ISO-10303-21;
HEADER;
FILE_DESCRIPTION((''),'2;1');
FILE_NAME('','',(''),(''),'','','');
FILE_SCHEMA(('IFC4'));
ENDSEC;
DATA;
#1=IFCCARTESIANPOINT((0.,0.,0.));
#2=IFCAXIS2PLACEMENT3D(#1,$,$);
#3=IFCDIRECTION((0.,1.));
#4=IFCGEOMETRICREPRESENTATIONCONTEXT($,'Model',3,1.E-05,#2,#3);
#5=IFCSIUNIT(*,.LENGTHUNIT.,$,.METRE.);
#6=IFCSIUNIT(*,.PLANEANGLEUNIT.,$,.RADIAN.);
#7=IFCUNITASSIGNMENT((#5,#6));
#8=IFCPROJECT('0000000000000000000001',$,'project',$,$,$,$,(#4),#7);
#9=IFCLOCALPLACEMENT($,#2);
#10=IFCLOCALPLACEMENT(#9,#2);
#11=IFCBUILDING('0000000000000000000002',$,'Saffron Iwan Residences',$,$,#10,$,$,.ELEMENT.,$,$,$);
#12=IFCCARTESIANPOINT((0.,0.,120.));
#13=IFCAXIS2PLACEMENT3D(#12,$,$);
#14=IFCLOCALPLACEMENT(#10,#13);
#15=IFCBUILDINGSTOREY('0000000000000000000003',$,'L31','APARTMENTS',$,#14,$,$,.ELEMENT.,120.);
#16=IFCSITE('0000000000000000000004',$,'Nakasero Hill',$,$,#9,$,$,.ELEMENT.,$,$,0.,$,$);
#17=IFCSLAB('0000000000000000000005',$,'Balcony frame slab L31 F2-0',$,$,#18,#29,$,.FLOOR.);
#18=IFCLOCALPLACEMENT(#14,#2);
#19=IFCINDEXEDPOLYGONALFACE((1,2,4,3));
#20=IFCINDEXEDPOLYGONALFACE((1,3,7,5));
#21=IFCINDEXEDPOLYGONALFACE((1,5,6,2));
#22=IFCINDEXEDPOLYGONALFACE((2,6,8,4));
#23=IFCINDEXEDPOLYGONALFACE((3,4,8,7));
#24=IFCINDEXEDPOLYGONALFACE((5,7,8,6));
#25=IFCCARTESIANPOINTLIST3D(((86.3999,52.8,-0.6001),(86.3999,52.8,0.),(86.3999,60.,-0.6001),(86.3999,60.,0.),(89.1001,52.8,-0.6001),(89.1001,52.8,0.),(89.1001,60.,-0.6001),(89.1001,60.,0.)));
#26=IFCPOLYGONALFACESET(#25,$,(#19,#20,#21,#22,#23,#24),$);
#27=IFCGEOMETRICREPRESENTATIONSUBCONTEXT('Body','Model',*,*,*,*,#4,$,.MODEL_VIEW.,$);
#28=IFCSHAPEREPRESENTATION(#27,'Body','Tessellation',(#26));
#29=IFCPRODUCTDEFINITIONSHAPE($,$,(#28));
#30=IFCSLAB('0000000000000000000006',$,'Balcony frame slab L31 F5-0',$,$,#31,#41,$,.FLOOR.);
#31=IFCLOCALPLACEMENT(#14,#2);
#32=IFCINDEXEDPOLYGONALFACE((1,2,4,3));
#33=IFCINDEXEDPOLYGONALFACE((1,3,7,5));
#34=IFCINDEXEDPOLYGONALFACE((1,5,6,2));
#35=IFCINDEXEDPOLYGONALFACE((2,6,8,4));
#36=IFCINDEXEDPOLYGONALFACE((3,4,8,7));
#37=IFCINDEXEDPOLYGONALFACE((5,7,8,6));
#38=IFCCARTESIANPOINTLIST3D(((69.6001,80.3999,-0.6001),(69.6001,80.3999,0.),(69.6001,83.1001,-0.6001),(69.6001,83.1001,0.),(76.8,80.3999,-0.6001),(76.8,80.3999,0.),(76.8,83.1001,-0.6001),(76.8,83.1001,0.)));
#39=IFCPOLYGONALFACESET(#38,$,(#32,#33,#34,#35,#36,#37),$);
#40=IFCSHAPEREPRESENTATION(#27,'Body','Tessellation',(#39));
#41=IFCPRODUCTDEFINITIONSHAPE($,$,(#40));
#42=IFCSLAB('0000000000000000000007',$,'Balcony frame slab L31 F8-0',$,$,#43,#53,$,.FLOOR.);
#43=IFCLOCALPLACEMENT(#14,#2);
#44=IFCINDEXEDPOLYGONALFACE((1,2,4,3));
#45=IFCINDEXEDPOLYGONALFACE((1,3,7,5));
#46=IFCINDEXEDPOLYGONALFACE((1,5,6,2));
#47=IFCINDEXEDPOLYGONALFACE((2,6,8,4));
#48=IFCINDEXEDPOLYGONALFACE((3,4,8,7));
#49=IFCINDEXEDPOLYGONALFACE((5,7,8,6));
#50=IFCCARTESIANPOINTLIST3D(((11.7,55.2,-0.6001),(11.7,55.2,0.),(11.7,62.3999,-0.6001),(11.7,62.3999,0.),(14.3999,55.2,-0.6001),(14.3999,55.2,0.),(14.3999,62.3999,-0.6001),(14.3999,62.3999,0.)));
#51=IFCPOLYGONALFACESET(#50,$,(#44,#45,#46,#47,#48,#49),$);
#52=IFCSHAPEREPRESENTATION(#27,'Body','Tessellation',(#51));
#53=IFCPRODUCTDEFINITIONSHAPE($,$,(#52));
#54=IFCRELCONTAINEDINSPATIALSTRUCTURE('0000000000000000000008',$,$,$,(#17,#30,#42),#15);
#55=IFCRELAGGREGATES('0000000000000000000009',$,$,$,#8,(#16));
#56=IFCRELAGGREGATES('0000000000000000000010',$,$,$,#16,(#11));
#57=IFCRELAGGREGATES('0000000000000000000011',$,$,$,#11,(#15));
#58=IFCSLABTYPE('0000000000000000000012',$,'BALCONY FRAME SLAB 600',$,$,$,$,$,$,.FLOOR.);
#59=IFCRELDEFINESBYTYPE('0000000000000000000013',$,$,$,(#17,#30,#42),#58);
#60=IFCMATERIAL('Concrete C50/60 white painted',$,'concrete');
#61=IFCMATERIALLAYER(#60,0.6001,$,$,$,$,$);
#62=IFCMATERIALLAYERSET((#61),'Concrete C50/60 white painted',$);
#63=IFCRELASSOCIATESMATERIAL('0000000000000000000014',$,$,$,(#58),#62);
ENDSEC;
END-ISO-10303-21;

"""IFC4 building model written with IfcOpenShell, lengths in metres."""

from ifc_helpers import new_model, si_unit, direction, frame, origin, place, context, subcontext, project, spatial, polyline, outline, extrude, material, layer, layer_set, type_object, element, save


model = new_model("IFC4")

# Units and contexts
model_context = context("Model", 3, precision=1e-05, world=origin(), true_north=direction((0.0, 1.0)))
body_context = subcontext(model_context, "Body", "Model", "MODEL_VIEW")
ifc_project = project(units=[si_unit("LENGTHUNIT", "METRE"), si_unit("PLANEANGLEUNIT", "RADIAN")], contexts=[model_context])

# Site, building, storey
site_placement = place(None, origin())
site = spatial("IfcSite", under=ifc_project, at=site_placement, Name="Nakasero Hill", CompositionType="ELEMENT", RefElevation=0.0)
building_placement = place(site_placement, origin())
building = spatial("IfcBuilding", under=site, at=building_placement, Name="Saffron Iwan Residences", CompositionType="ELEMENT")
storey_placement = place(building_placement, frame((0.0, 0.0, 120.0)))
storey = spatial("IfcBuildingStorey", under=building, at=storey_placement, Name="L31", Description="APARTMENTS", CompositionType="ELEMENT", Elevation=120.0)

# Slabs
ifc_material_1 = material(Name="Concrete C50/60 white painted", Category="concrete")
ifc_layer_1 = layer(ifc_material_1, 0.6001)
ifc_layer_set_1 = layer_set([ifc_layer_1], Name="Concrete C50/60 white painted")
slab_type_1 = type_object("IfcSlabType", Name="BALCONY FRAME SLAB 600", PredefinedType="FLOOR", material=ifc_layer_set_1)
slab_1_placement = place(storey_placement, frame((0.0, 0.0, -0.6001)))
element("IfcSlab", 1, at=slab_1_placement, inside=storey, type_object=slab_type_1, Name="Balcony frame slab L31 F2-0", PredefinedType="FLOOR", context=body_context, shape_type="SweptSolid", body=[
    extrude(outline(polyline([(89.1001, 52.8), (89.1001, 60.0), (86.3999, 60.0), (86.3999, 52.8), (89.1001, 52.8)])), origin(), (0.0, 0.0, 1.0), 0.6001),
])
slab_2_placement = place(storey_placement, frame((0.0, 0.0, -0.6001)))
element("IfcSlab", 2, at=slab_2_placement, inside=storey, type_object=slab_type_1, Name="Balcony frame slab L31 F5-0", PredefinedType="FLOOR", context=body_context, shape_type="SweptSolid", body=[
    extrude(outline(polyline([(76.8, 83.1001), (69.6001, 83.1001), (69.6001, 80.3999), (76.8, 80.3999), (76.8, 83.1001)])), origin(), (0.0, 0.0, 1.0), 0.6001),
])
slab_3_placement = place(storey_placement, frame((0.0, 0.0, -0.6001)))
element("IfcSlab", 3, at=slab_3_placement, inside=storey, type_object=slab_type_1, Name="Balcony frame slab L31 F8-0", PredefinedType="FLOOR", context=body_context, shape_type="SweptSolid", body=[
    extrude(outline(polyline([(11.7, 62.3999), (11.7, 55.2), (14.3999, 55.2), (14.3999, 62.3999), (11.7, 62.3999)])), origin(), (0.0, 0.0, 1.0), 0.6001),
])

save(model, "model.ifc")
